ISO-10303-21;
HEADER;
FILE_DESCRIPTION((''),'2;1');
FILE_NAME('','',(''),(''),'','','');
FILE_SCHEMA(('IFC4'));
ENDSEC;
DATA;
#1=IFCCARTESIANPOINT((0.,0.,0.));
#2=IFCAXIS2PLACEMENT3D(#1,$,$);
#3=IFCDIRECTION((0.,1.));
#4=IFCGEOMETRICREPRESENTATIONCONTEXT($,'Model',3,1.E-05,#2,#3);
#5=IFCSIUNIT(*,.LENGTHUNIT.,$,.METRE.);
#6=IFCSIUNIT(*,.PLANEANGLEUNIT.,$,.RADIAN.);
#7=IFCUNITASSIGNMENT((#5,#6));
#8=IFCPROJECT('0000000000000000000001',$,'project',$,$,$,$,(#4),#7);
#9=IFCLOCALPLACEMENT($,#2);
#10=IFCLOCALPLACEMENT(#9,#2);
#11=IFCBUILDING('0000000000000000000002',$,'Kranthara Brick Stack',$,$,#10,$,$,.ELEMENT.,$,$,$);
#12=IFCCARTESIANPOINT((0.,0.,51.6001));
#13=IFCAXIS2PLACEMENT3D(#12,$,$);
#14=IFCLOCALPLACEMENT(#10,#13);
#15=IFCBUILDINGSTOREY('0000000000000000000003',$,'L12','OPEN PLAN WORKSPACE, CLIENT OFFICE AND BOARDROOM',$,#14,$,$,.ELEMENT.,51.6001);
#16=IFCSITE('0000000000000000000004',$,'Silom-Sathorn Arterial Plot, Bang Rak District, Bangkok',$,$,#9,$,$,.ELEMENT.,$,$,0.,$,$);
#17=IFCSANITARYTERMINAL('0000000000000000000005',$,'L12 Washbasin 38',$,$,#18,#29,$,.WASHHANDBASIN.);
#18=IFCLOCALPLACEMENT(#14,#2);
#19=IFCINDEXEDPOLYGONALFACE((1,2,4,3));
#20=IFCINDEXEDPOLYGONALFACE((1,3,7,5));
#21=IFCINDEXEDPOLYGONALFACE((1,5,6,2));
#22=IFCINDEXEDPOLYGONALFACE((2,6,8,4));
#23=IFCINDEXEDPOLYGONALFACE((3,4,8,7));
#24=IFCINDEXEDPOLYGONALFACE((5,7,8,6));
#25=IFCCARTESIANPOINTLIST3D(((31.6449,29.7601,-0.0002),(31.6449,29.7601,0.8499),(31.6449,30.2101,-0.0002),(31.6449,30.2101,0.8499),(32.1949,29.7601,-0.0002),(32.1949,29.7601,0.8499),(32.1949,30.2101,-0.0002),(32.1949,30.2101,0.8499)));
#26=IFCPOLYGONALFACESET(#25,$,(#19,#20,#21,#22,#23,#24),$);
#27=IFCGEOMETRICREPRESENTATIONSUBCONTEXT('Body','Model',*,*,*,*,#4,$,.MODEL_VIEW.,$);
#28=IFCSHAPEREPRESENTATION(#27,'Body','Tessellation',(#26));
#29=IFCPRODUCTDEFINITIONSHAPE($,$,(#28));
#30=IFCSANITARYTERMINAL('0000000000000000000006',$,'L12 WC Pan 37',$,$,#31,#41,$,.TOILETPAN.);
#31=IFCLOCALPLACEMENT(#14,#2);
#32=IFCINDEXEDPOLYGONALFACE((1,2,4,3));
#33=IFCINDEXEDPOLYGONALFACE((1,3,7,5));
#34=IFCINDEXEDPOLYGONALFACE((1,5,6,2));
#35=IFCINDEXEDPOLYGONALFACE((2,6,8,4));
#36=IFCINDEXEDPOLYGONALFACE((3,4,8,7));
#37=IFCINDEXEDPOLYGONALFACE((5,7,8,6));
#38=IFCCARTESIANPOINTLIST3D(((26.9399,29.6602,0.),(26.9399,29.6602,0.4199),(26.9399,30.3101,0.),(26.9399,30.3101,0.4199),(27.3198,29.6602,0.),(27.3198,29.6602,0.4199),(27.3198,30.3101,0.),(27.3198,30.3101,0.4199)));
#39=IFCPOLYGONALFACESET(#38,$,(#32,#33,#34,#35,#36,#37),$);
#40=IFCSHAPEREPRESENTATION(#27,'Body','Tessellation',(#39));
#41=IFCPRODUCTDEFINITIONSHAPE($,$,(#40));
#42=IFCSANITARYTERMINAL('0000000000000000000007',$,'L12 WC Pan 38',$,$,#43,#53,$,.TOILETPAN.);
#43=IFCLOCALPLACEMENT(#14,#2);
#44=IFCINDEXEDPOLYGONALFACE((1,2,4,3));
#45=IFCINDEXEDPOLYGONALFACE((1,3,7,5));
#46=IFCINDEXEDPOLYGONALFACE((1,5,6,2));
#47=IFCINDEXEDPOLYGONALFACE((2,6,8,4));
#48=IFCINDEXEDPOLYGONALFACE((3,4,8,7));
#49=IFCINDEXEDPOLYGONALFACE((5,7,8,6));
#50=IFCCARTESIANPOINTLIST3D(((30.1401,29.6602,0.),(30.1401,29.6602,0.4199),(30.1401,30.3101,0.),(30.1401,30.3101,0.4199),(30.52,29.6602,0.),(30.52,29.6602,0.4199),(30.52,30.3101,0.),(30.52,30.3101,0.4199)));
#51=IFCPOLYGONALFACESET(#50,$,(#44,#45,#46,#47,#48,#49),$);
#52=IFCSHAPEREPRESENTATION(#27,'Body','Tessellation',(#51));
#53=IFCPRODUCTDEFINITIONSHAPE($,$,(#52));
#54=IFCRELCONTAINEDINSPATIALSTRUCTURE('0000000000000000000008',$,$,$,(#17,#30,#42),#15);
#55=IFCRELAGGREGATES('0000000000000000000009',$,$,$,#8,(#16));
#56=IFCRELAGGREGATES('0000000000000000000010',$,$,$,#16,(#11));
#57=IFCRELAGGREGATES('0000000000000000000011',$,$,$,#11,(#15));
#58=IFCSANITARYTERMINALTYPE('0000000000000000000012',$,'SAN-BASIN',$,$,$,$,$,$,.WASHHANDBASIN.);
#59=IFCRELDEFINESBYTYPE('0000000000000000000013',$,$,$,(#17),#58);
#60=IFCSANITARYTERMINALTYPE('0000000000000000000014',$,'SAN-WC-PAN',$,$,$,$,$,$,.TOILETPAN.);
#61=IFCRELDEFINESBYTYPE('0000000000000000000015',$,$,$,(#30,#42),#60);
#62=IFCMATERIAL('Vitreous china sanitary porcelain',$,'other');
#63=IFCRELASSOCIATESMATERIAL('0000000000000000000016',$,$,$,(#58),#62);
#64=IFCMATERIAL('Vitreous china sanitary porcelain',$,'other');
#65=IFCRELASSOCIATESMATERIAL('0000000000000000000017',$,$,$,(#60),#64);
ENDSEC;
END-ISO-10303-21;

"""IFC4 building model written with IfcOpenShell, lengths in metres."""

from ifc_helpers import new_model, si_unit, direction, frame, origin, origin_2d, place, context, subcontext, project, spatial, rectangle, extrude, material, type_object, element, save


model = new_model("IFC4")

# Units and contexts
model_context = context("Model", 3, precision=1e-05, world=origin(), true_north=direction((0.0, 1.0)))
body_context = subcontext(model_context, "Body", "Model", "MODEL_VIEW")
ifc_project = project(units=[si_unit("LENGTHUNIT", "METRE"), si_unit("PLANEANGLEUNIT", "RADIAN")], contexts=[model_context])

# Site, building, storey
site_placement = place(None, origin())
site = spatial("IfcSite", under=ifc_project, at=site_placement, Name="Silom-Sathorn Arterial Plot, Bang Rak District, Bangkok", CompositionType="ELEMENT", RefElevation=0.0)
building_placement = place(site_placement, origin())
building = spatial("IfcBuilding", under=site, at=building_placement, Name="Kranthara Brick Stack", CompositionType="ELEMENT")
storey_placement = place(building_placement, frame((0.0, 0.0, 51.6001)))
storey = spatial("IfcBuildingStorey", under=building, at=storey_placement, Name="L12", Description="OPEN PLAN WORKSPACE, CLIENT OFFICE AND BOARDROOM", CompositionType="ELEMENT", Elevation=51.6001)

# Sanitary terminals
ifc_material_1 = material(Name="Vitreous china sanitary porcelain", Category="other")
sanitary_terminal_type_1 = type_object("IfcSanitaryTerminalType", Name="SAN-BASIN", PredefinedType="WASHHANDBASIN", material=ifc_material_1)
for number, where, z_axis, x_axis, name in (
    (1, (31.9199, 29.9851, -0.0002), (0.0, 0.0, 1.0), (1.0, 0.0, 0.0), "L12 Washbasin 38"),
):
    element("IfcSanitaryTerminal", number, at=place(storey_placement, frame(where, z_axis=z_axis, x_axis=x_axis)), inside=storey, type_object=sanitary_terminal_type_1, Name=name, PredefinedType="WASHHANDBASIN", context=body_context, shape_type="SweptSolid", body=[
        extrude(rectangle(XDim=0.55, YDim=0.45, at=origin_2d()), origin(), (0.0, 0.0, 1.0), 0.8501),
    ])
ifc_material_2 = material(Name="Vitreous china sanitary porcelain", Category="other")
sanitary_terminal_type_2 = type_object("IfcSanitaryTerminalType", Name="SAN-WC-PAN", PredefinedType="TOILETPAN", material=ifc_material_2)
for number, where, z_axis, x_axis, name in (
    (2, (27.1299, 29.9851, 0.0), (0.0, 0.0, 1.0), (1.0, 0.0, 0.0), "L12 WC Pan 37"),
    (3, (30.3301, 29.9851, 0.0), (0.0, 0.0, 1.0), (1.0, 0.0, 0.0), "L12 WC Pan 38"),
):
    element("IfcSanitaryTerminal", number, at=place(storey_placement, frame(where, z_axis=z_axis, x_axis=x_axis)), inside=storey, type_object=sanitary_terminal_type_2, Name=name, PredefinedType="TOILETPAN", context=body_context, shape_type="SweptSolid", body=[
        extrude(rectangle(XDim=0.3799, YDim=0.6499, at=origin_2d()), origin(), (0.0, 0.0, 1.0), 0.4199),
    ])

save(model, "model.ifc")
